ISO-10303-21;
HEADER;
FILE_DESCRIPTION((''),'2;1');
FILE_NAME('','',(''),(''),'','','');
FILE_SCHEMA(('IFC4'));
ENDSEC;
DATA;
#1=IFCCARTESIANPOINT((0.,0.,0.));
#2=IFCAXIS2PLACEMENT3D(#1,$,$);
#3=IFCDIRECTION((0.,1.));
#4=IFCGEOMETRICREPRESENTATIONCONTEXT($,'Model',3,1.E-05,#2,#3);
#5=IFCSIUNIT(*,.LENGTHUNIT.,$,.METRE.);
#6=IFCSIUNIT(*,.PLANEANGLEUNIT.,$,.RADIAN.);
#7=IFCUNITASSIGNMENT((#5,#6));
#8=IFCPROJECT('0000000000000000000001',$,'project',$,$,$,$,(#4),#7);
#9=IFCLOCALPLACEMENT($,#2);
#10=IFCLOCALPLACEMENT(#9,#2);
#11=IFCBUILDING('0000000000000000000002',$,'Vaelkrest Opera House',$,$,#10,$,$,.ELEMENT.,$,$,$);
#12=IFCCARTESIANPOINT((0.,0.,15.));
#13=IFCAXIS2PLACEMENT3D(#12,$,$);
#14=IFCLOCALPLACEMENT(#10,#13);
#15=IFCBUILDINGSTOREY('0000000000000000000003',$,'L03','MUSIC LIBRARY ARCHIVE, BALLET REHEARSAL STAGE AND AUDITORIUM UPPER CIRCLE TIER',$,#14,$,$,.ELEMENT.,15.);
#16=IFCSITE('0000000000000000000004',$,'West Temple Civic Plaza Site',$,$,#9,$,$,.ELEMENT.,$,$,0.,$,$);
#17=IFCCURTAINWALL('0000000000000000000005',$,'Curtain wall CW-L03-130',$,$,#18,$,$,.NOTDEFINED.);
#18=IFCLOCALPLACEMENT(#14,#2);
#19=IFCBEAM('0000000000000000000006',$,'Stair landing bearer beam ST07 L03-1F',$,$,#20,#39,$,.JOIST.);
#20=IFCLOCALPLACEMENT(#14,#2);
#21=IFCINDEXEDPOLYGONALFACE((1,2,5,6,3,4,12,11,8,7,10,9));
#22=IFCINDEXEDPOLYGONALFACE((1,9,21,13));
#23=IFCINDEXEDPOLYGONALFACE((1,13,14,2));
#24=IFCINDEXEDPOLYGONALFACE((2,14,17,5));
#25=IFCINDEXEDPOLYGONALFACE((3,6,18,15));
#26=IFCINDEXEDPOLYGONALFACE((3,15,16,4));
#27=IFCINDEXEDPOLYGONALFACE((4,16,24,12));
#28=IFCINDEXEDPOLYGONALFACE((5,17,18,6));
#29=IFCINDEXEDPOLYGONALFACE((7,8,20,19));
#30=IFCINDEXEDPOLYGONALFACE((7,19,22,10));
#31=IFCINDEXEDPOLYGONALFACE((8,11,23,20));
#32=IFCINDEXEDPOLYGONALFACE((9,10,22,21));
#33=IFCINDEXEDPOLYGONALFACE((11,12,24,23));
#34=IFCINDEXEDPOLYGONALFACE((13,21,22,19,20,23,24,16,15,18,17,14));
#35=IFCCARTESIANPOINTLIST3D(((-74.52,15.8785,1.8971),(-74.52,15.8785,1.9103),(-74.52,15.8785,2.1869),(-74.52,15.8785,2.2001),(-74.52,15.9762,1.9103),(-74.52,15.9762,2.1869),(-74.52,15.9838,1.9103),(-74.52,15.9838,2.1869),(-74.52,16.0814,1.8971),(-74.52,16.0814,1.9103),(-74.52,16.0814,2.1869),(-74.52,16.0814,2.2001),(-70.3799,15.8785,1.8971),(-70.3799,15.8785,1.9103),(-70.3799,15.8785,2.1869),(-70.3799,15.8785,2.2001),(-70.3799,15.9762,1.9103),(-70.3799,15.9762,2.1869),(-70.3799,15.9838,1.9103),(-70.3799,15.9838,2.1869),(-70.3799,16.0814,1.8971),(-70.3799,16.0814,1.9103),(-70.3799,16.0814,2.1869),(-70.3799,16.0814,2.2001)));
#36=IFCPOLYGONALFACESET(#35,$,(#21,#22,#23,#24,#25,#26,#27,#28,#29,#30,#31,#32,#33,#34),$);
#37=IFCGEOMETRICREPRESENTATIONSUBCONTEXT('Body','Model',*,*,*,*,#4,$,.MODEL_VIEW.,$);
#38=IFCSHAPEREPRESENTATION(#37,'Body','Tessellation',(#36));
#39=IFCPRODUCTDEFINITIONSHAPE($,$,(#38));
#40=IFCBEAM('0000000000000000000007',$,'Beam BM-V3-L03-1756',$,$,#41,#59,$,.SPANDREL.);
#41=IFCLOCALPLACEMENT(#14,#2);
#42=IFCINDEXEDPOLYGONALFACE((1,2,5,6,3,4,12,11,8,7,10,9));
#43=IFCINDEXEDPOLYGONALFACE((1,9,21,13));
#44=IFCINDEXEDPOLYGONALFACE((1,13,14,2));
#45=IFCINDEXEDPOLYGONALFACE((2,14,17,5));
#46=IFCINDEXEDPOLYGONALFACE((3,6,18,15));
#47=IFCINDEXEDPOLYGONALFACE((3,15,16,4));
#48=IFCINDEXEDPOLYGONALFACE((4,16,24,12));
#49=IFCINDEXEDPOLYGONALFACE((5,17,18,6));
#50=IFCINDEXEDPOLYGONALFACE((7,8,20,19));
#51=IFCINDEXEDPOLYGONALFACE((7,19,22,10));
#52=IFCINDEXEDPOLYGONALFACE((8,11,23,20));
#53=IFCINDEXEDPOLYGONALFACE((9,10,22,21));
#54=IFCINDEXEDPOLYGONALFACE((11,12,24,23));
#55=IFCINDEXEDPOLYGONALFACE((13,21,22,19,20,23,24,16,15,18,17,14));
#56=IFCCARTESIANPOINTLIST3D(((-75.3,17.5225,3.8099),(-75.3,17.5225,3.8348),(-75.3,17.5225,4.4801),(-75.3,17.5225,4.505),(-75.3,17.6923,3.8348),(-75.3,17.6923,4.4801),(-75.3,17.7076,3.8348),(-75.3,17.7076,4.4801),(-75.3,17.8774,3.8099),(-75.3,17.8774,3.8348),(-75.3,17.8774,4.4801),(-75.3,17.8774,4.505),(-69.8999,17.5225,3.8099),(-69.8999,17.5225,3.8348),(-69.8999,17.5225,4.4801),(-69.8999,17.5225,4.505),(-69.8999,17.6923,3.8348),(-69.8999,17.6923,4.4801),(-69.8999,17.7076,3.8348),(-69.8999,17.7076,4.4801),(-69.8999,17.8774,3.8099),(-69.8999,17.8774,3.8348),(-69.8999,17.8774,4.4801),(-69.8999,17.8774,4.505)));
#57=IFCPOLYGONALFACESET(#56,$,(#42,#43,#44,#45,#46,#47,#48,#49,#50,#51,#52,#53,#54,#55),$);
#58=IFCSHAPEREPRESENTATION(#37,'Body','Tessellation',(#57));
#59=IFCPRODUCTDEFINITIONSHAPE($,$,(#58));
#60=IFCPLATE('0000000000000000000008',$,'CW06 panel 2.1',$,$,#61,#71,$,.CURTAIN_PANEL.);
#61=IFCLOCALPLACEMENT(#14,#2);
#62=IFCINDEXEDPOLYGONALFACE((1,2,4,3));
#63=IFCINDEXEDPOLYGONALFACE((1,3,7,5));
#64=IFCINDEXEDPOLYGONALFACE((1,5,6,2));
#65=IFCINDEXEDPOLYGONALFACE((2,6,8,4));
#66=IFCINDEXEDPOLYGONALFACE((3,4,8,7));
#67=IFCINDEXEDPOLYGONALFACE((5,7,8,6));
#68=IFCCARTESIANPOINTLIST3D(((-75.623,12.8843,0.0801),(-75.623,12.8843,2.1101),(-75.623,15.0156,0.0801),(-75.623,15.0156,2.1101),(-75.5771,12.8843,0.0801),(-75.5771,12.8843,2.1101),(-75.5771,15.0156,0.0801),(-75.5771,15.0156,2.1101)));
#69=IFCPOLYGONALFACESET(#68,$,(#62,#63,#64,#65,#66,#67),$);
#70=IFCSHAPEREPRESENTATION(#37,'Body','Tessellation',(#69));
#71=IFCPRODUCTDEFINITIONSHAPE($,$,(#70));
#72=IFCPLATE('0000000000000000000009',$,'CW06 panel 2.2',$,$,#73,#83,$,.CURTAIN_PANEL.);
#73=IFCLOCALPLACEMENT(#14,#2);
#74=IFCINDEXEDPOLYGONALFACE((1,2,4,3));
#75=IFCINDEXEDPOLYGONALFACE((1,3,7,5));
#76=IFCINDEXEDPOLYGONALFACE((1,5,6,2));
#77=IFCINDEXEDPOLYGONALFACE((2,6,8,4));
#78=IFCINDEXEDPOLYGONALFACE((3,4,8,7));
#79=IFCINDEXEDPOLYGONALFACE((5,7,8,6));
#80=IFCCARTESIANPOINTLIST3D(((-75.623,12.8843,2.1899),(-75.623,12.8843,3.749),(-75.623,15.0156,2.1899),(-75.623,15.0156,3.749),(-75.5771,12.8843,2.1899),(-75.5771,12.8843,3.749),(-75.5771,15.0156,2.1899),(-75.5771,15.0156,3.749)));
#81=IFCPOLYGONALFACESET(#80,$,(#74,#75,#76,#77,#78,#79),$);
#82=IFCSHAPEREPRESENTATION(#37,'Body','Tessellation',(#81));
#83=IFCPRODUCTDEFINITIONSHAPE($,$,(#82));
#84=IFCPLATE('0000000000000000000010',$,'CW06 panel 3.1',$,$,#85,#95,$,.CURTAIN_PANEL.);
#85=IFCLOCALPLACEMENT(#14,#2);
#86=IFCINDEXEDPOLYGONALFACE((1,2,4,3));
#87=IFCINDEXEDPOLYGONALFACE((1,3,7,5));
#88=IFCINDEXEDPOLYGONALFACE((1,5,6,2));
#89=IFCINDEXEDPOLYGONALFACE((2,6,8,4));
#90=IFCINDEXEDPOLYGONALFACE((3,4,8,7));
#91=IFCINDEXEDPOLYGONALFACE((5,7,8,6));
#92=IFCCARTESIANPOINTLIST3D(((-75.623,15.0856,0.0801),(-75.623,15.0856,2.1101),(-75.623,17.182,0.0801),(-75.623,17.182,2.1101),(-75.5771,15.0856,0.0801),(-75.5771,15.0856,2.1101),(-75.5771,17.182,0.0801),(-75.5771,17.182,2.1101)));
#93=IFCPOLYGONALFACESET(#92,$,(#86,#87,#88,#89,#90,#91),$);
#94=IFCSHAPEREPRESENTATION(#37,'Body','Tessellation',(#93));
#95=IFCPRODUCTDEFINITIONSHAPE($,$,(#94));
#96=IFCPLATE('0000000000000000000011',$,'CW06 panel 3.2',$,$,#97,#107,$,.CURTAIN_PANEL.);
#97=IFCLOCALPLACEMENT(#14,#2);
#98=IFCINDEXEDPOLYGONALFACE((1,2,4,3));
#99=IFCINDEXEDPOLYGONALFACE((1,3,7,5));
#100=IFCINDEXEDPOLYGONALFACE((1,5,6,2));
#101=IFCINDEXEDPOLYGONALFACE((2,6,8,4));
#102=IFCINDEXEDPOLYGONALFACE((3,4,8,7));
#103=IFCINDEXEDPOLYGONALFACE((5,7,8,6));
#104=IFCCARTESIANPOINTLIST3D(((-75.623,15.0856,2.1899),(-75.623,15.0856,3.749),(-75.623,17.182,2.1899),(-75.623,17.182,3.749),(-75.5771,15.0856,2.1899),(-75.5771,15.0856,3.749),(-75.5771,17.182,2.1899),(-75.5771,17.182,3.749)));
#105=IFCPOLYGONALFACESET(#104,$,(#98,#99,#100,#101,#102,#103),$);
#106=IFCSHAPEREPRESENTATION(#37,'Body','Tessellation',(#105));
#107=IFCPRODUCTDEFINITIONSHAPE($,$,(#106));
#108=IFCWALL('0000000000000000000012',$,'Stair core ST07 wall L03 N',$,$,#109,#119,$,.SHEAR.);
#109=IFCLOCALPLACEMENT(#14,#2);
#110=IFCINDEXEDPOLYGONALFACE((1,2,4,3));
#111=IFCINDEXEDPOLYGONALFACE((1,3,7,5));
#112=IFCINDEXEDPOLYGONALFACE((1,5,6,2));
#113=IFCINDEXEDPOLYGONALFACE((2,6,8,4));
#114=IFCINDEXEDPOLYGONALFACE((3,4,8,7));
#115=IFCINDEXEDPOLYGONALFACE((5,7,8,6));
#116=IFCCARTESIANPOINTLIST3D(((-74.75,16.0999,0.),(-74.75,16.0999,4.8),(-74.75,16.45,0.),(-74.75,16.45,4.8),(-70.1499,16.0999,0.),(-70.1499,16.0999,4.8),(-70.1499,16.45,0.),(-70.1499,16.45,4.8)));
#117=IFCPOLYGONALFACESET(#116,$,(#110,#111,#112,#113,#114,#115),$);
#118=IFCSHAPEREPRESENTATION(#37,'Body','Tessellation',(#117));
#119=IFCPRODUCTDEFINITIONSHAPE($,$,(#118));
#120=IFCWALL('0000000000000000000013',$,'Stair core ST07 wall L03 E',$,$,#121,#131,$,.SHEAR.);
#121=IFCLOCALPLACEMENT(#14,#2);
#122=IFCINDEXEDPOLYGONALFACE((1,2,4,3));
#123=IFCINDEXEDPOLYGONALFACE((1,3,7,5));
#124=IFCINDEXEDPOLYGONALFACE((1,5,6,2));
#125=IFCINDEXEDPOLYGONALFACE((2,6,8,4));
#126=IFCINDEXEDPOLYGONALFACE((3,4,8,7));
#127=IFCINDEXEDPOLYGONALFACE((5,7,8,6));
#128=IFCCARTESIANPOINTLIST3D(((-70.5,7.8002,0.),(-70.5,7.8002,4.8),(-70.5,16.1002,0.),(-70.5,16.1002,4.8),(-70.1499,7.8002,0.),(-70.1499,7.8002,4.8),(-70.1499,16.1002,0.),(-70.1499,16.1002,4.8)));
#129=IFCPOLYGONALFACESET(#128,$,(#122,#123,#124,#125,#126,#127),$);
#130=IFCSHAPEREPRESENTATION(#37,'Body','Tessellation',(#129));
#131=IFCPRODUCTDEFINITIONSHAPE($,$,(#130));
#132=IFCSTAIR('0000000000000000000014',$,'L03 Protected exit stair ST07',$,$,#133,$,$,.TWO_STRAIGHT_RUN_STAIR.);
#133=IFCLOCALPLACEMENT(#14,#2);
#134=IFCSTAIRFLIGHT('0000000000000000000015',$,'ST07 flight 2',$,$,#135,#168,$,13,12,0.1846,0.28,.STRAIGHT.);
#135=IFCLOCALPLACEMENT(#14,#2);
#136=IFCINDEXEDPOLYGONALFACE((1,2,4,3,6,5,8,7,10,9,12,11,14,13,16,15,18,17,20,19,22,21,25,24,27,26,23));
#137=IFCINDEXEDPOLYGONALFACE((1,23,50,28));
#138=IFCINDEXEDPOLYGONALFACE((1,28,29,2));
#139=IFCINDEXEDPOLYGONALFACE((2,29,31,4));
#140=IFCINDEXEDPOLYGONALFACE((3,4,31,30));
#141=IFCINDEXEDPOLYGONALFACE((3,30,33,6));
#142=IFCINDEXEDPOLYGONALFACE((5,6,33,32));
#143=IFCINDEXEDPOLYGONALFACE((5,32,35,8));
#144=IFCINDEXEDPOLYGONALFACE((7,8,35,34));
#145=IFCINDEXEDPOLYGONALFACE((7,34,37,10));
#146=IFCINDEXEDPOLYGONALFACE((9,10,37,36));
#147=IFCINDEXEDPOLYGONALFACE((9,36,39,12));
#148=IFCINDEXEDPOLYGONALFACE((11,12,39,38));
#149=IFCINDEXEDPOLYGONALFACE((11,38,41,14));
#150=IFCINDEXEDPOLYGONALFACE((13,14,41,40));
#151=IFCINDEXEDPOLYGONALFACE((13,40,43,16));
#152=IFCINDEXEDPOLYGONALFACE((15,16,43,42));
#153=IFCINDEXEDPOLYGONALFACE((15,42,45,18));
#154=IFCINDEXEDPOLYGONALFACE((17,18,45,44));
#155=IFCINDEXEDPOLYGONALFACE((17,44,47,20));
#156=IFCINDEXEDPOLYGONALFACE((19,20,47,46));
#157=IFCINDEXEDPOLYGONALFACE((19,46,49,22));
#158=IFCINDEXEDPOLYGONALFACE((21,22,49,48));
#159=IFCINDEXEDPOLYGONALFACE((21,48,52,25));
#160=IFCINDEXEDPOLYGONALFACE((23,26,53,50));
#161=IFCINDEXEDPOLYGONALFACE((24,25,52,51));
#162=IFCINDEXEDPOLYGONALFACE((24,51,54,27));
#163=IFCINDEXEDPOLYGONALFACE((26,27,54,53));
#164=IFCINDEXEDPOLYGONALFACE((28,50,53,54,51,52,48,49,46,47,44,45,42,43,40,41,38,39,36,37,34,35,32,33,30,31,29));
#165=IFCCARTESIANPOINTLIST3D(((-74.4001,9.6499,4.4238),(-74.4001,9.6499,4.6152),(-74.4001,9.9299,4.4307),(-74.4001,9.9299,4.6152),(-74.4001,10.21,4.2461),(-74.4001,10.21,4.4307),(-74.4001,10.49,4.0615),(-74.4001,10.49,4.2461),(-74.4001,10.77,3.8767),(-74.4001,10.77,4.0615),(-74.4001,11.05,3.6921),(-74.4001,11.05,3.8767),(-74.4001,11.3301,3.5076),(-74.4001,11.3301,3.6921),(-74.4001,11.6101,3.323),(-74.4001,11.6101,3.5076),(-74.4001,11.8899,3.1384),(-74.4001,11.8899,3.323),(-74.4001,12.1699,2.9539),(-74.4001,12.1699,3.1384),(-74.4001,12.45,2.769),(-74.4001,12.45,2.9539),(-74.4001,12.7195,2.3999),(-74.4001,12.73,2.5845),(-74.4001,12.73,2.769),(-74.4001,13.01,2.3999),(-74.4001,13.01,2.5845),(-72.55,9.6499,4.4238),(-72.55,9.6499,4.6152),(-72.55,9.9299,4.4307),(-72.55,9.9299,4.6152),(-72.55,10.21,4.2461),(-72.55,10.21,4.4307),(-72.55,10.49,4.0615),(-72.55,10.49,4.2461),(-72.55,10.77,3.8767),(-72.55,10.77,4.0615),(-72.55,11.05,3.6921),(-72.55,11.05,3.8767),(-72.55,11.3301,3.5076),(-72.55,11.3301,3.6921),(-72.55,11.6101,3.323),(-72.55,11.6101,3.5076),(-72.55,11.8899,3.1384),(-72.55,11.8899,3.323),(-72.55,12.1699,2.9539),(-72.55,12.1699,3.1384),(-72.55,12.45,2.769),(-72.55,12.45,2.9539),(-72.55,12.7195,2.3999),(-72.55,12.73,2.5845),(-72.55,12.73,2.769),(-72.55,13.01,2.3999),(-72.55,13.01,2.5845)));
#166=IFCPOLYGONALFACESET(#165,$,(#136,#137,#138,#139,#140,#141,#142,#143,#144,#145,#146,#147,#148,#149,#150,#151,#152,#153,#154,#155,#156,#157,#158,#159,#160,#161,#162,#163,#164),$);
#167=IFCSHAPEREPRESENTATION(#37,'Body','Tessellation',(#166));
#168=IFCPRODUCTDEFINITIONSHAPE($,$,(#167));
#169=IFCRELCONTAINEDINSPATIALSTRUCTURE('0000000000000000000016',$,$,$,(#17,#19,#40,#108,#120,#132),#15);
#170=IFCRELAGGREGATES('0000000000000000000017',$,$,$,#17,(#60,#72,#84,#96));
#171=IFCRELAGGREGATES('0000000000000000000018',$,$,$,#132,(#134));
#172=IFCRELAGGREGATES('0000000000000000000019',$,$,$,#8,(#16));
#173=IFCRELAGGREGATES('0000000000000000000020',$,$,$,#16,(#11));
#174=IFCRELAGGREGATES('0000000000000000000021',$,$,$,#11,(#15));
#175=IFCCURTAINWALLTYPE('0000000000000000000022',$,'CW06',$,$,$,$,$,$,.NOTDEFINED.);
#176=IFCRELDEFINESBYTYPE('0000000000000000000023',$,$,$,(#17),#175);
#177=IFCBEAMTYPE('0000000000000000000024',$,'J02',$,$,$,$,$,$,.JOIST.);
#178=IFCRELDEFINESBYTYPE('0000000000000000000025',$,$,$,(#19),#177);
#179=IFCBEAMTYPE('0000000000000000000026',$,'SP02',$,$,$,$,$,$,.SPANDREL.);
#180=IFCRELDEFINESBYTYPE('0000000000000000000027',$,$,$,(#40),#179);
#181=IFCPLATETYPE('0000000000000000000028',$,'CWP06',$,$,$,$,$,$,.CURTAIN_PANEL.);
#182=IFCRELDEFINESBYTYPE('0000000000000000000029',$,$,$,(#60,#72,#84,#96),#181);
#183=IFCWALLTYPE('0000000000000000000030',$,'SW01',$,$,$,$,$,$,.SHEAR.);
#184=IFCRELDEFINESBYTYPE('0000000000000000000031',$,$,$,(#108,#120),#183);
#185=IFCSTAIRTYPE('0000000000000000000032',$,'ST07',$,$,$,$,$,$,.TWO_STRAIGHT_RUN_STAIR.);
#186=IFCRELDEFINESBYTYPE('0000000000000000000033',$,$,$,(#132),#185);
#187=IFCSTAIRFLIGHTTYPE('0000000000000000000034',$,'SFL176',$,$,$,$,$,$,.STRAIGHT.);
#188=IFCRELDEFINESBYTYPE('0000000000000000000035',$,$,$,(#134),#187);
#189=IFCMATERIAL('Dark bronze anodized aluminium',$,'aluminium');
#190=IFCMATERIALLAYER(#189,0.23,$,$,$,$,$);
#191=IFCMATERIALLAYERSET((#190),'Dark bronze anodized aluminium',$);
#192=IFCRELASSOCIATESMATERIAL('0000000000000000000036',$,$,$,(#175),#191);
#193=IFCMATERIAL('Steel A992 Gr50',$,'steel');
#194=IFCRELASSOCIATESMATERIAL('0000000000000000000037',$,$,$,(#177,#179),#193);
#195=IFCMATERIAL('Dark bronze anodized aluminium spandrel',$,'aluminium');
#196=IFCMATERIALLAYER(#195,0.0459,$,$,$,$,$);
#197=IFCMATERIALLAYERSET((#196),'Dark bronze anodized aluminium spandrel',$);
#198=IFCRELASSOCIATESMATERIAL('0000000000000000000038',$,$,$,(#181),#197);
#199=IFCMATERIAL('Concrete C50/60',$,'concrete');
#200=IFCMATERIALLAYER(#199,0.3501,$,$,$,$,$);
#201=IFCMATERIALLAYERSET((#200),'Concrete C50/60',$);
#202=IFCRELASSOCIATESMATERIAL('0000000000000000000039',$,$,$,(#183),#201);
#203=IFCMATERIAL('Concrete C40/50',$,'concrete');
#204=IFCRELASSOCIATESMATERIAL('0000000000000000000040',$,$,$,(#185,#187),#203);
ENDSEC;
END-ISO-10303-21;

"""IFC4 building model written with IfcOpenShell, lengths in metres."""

from ifc_helpers import new_model, si_unit, direction, frame, frame_2d, origin, origin_2d, place, context, subcontext, project, spatial, polyline, rectangle, i_section, outline, extrude, material, layer, layer_set, material_profile, profile_set, type_object, element, aggregate, save


model = new_model("IFC4")

# Units and contexts
model_context = context("Model", 3, precision=1e-05, world=origin(), true_north=direction((0.0, 1.0)))
body_context = subcontext(model_context, "Body", "Model", "MODEL_VIEW")
ifc_project = project(units=[si_unit("LENGTHUNIT", "METRE"), si_unit("PLANEANGLEUNIT", "RADIAN")], contexts=[model_context])

# Site, building, storey
site_placement = place(None, origin())
site = spatial("IfcSite", under=ifc_project, at=site_placement, Name="West Temple Civic Plaza Site", CompositionType="ELEMENT", RefElevation=0.0)
building_placement = place(site_placement, origin())
building = spatial("IfcBuilding", under=site, at=building_placement, Name="Vaelkrest Opera House", CompositionType="ELEMENT")
storey_placement = place(building_placement, frame((0.0, 0.0, 15.0)))
storey = spatial("IfcBuildingStorey", under=building, at=storey_placement, Name="L03", Description="MUSIC LIBRARY ARCHIVE, BALLET REHEARSAL STAGE AND AUDITORIUM UPPER CIRCLE TIER", CompositionType="ELEMENT", Elevation=15.0)

# Shared definitions
ifc_material_1 = material(Name="Concrete C50/60", Category="concrete")

# Curtain wall
ifc_material_2 = material(Name="Dark bronze anodized aluminium", Category="aluminium")
ifc_layer_1 = layer(ifc_material_2, 0.23)
ifc_layer_set_1 = layer_set([ifc_layer_1], Name="Dark bronze anodized aluminium")
curtain_wall_type_1 = type_object("IfcCurtainWallType", Name="CW06", PredefinedType="NOTDEFINED", material=ifc_layer_set_1)
curtain_wall_1_placement = place(storey_placement, origin())
curtain_wall_1 = element("IfcCurtainWall", 1, at=curtain_wall_1_placement, inside=storey, type_object=curtain_wall_type_1, Name="Curtain wall CW-L03-130", PredefinedType="NOTDEFINED")

# Beams
ifc_material_3 = material(Name="Steel A992 Gr50", Category="steel")
ifc_material_profile_1 = material_profile(ifc_material_3, i_section(OverallWidth=0.2029, OverallDepth=0.303, WebThickness=0.0076, FlangeThickness=0.0132, at=origin_2d()), Name="W12X40")
ifc_profile_set_1 = profile_set([ifc_material_profile_1], Name="Steel A992 Gr50")
beam_type_1 = type_object("IfcBeamType", Name="J02", PredefinedType="JOIST", material=ifc_profile_set_1)
for number, where, z_axis, x_axis, name in (
    (2, (-74.52, 15.98, 2.0486), (1.0, 0.0, 0.0), (0.0, 1.0, 0.0), "Stair landing bearer beam ST07 L03-1F"),
):
    element("IfcBeam", number, at=place(storey_placement, frame(where, z_axis=z_axis, x_axis=x_axis)), inside=storey, type_object=beam_type_1, Name=name, PredefinedType="JOIST", context=body_context, shape_type="SweptSolid", body=[
        extrude(i_section(OverallWidth=0.2029, OverallDepth=0.303, WebThickness=0.0076, FlangeThickness=0.0132, at=origin_2d()), origin(), (0.0, 0.0, 1.0), 4.1401),
    ])
ifc_material_profile_2 = material_profile(ifc_material_3, i_section(OverallWidth=0.355, OverallDepth=0.6951, WebThickness=0.0154, FlangeThickness=0.0249, at=origin_2d()), Name="W27X146")
ifc_profile_set_2 = profile_set([ifc_material_profile_2], Name="Steel A992 Gr50")
beam_type_2 = type_object("IfcBeamType", Name="SP02", PredefinedType="SPANDREL", material=ifc_profile_set_2)
beam_placement = place(storey_placement, frame((-75.3, 17.7, 4.1575), z_axis=(1.0, 0.0, 0.0), x_axis=(0.0, 1.0, 0.0)))
element("IfcBeam", 3, at=beam_placement, inside=storey, type_object=beam_type_2, Name="Beam BM-V3-L03-1756", PredefinedType="SPANDREL", context=body_context, shape_type="SweptSolid", body=[
    extrude(i_section(OverallWidth=0.355, OverallDepth=0.6951, WebThickness=0.0154, FlangeThickness=0.0249, at=origin_2d()), origin(), (0.0, 0.0, 1.0), 5.4001),
])

# Plates
ifc_material_4 = material(Name="Dark bronze anodized aluminium spandrel", Category="aluminium")
ifc_layer_2 = layer(ifc_material_4, 0.0459)
ifc_layer_set_2 = layer_set([ifc_layer_2], Name="Dark bronze anodized aluminium spandrel")
plate_type = type_object("IfcPlateType", Name="CWP06", PredefinedType="CURTAIN_PANEL", material=ifc_layer_set_2)
plate_1_placement = place(storey_placement, frame((-75.6001, 13.95, 0.0801), z_axis=(0.0, 0.0, 1.0), x_axis=(0.0, 1.0, 0.0)))
plate_1 = element("IfcPlate", 4, at=plate_1_placement, type_object=plate_type, Name="CW06 panel 2.1", PredefinedType="CURTAIN_PANEL", context=body_context, shape_type="SweptSolid", body=[
    extrude(rectangle(XDim=2.1313, YDim=0.0459, at=origin_2d()), origin(), (0.0, 0.0, 1.0), 2.03),
])
plate_2_placement = place(storey_placement, frame((-75.6001, 13.95, 2.1899), z_axis=(0.0, 0.0, 1.0), x_axis=(0.0, 1.0, 0.0)))
plate_2 = element("IfcPlate", 5, at=plate_2_placement, type_object=plate_type, Name="CW06 panel 2.2", PredefinedType="CURTAIN_PANEL", context=body_context, shape_type="SweptSolid", body=[
    extrude(rectangle(XDim=2.1313, YDim=0.0459, at=origin_2d()), origin(), (0.0, 0.0, 1.0), 1.5591),
])
plate_3_placement = place(storey_placement, frame((-75.6001, 16.1338, 0.0801), z_axis=(0.0, 0.0, 1.0), x_axis=(0.0, 1.0, 0.0)))
plate_3 = element("IfcPlate", 6, at=plate_3_placement, type_object=plate_type, Name="CW06 panel 3.1", PredefinedType="CURTAIN_PANEL", context=body_context, shape_type="SweptSolid", body=[
    extrude(rectangle(XDim=2.0964, YDim=0.0459, at=origin_2d()), origin(), (0.0, 0.0, 1.0), 2.03),
])
plate_4_placement = place(storey_placement, frame((-75.6001, 16.1338, 2.1899), z_axis=(0.0, 0.0, 1.0), x_axis=(0.0, 1.0, 0.0)))
plate_4 = element("IfcPlate", 7, at=plate_4_placement, type_object=plate_type, Name="CW06 panel 3.2", PredefinedType="CURTAIN_PANEL", context=body_context, shape_type="SweptSolid", body=[
    extrude(rectangle(XDim=2.0964, YDim=0.0459, at=origin_2d()), origin(), (0.0, 0.0, 1.0), 1.5591),
])
aggregate(curtain_wall_1, [plate_1, plate_2, plate_3, plate_4])

# Walls
ifc_layer_3 = layer(ifc_material_1, 0.3501)
ifc_layer_set_3 = layer_set([ifc_layer_3], Name="Concrete C50/60")
wall_type = type_object("IfcWallType", Name="SW01", PredefinedType="SHEAR", material=ifc_layer_set_3)
wall_1_placement = place(storey_placement, frame((-74.75, 16.2749, 0.0), z_axis=(0.0, 0.0, 1.0), x_axis=(1.0, 0.0, 0.0)))
element("IfcWall", 8, at=wall_1_placement, inside=storey, type_object=wall_type, Name="Stair core ST07 wall L03 N", PredefinedType="SHEAR", context=body_context, shape_type="SweptSolid", body=[
    extrude(rectangle(XDim=4.6001, YDim=0.3501, at=frame_2d((2.3, 0.0))), origin(), (0.0, 0.0, 1.0), 4.8),
])
wall_2_placement = place(storey_placement, frame((-70.325, 16.1001, 0.0), z_axis=(0.0, 0.0, 1.0), x_axis=(0.0, -1.0, 0.0)))
element("IfcWall", 9, at=wall_2_placement, inside=storey, type_object=wall_type, Name="Stair core ST07 wall L03 E", PredefinedType="SHEAR", context=body_context, shape_type="SweptSolid", body=[
    extrude(rectangle(XDim=8.3, YDim=0.3501, at=frame_2d((4.1499, 0.0))), origin(), (0.0, 0.0, 1.0), 4.8),
])

# Stair, stair flight
ifc_material_5 = material(Name="Concrete C40/50", Category="concrete")
stair_type = type_object("IfcStairType", Name="ST07", PredefinedType="TWO_STRAIGHT_RUN_STAIR", material=ifc_material_5)
stair_placement = place(storey_placement, origin())
stair = element("IfcStair", 10, at=stair_placement, inside=storey, type_object=stair_type, Name="L03 Protected exit stair ST07", PredefinedType="TWO_STRAIGHT_RUN_STAIR")
stair_flight_type = type_object("IfcStairFlightType", Name="SFL176", PredefinedType="STRAIGHT", material=ifc_material_5)
stair_flight_placement = place(storey_placement, frame((-73.4751, 13.01, 2.3999), z_axis=(0.0, 0.0, 1.0), x_axis=(0.0, -1.0, 0.0)))
stair_flight = element("IfcStairFlight", 11, at=stair_flight_placement, type_object=stair_flight_type, Name="ST07 flight 2", NumberOfRisers=13, NumberOfTreads=12, PredefinedType="STRAIGHT", RiserHeight=0.1846, TreadLength=0.28, context=body_context, shape_type="SweptSolid", body=[
    extrude(outline(polyline([(0.0, 0.0), (0.0, 0.1846), (0.28, 0.1846), (0.28, 0.3691), (0.5601, 0.3691), (0.5601, 0.554), (0.8401, 0.554), (0.8401, 0.7385), (1.1201, 0.7385), (1.1201, 0.9231), (1.3999, 0.9231), (1.3999, 1.1077), (1.6799, 1.1077), (1.6799, 1.2922), (1.96, 1.2922), (1.96, 1.4768), (2.24, 1.4768), (2.24, 1.6616), (2.52, 1.6616), (2.52, 1.8462), (2.8, 1.8462), (2.8, 2.0308), (3.0801, 2.0308), (3.0801, 2.2153), (3.3601, 2.2153), (3.3601, 2.3999), (3.3601, 2.0239), (0.2905, 0.0), (0.0, 0.0)])), frame((0.0, 0.925, 0.0), z_axis=(0.0, -1.0, 0.0), x_axis=(1.0, 0.0, 0.0)), (0.0, 0.0, 1.0), 1.8501),
])
aggregate(stair, [stair_flight])

save(model, "model.ifc")
